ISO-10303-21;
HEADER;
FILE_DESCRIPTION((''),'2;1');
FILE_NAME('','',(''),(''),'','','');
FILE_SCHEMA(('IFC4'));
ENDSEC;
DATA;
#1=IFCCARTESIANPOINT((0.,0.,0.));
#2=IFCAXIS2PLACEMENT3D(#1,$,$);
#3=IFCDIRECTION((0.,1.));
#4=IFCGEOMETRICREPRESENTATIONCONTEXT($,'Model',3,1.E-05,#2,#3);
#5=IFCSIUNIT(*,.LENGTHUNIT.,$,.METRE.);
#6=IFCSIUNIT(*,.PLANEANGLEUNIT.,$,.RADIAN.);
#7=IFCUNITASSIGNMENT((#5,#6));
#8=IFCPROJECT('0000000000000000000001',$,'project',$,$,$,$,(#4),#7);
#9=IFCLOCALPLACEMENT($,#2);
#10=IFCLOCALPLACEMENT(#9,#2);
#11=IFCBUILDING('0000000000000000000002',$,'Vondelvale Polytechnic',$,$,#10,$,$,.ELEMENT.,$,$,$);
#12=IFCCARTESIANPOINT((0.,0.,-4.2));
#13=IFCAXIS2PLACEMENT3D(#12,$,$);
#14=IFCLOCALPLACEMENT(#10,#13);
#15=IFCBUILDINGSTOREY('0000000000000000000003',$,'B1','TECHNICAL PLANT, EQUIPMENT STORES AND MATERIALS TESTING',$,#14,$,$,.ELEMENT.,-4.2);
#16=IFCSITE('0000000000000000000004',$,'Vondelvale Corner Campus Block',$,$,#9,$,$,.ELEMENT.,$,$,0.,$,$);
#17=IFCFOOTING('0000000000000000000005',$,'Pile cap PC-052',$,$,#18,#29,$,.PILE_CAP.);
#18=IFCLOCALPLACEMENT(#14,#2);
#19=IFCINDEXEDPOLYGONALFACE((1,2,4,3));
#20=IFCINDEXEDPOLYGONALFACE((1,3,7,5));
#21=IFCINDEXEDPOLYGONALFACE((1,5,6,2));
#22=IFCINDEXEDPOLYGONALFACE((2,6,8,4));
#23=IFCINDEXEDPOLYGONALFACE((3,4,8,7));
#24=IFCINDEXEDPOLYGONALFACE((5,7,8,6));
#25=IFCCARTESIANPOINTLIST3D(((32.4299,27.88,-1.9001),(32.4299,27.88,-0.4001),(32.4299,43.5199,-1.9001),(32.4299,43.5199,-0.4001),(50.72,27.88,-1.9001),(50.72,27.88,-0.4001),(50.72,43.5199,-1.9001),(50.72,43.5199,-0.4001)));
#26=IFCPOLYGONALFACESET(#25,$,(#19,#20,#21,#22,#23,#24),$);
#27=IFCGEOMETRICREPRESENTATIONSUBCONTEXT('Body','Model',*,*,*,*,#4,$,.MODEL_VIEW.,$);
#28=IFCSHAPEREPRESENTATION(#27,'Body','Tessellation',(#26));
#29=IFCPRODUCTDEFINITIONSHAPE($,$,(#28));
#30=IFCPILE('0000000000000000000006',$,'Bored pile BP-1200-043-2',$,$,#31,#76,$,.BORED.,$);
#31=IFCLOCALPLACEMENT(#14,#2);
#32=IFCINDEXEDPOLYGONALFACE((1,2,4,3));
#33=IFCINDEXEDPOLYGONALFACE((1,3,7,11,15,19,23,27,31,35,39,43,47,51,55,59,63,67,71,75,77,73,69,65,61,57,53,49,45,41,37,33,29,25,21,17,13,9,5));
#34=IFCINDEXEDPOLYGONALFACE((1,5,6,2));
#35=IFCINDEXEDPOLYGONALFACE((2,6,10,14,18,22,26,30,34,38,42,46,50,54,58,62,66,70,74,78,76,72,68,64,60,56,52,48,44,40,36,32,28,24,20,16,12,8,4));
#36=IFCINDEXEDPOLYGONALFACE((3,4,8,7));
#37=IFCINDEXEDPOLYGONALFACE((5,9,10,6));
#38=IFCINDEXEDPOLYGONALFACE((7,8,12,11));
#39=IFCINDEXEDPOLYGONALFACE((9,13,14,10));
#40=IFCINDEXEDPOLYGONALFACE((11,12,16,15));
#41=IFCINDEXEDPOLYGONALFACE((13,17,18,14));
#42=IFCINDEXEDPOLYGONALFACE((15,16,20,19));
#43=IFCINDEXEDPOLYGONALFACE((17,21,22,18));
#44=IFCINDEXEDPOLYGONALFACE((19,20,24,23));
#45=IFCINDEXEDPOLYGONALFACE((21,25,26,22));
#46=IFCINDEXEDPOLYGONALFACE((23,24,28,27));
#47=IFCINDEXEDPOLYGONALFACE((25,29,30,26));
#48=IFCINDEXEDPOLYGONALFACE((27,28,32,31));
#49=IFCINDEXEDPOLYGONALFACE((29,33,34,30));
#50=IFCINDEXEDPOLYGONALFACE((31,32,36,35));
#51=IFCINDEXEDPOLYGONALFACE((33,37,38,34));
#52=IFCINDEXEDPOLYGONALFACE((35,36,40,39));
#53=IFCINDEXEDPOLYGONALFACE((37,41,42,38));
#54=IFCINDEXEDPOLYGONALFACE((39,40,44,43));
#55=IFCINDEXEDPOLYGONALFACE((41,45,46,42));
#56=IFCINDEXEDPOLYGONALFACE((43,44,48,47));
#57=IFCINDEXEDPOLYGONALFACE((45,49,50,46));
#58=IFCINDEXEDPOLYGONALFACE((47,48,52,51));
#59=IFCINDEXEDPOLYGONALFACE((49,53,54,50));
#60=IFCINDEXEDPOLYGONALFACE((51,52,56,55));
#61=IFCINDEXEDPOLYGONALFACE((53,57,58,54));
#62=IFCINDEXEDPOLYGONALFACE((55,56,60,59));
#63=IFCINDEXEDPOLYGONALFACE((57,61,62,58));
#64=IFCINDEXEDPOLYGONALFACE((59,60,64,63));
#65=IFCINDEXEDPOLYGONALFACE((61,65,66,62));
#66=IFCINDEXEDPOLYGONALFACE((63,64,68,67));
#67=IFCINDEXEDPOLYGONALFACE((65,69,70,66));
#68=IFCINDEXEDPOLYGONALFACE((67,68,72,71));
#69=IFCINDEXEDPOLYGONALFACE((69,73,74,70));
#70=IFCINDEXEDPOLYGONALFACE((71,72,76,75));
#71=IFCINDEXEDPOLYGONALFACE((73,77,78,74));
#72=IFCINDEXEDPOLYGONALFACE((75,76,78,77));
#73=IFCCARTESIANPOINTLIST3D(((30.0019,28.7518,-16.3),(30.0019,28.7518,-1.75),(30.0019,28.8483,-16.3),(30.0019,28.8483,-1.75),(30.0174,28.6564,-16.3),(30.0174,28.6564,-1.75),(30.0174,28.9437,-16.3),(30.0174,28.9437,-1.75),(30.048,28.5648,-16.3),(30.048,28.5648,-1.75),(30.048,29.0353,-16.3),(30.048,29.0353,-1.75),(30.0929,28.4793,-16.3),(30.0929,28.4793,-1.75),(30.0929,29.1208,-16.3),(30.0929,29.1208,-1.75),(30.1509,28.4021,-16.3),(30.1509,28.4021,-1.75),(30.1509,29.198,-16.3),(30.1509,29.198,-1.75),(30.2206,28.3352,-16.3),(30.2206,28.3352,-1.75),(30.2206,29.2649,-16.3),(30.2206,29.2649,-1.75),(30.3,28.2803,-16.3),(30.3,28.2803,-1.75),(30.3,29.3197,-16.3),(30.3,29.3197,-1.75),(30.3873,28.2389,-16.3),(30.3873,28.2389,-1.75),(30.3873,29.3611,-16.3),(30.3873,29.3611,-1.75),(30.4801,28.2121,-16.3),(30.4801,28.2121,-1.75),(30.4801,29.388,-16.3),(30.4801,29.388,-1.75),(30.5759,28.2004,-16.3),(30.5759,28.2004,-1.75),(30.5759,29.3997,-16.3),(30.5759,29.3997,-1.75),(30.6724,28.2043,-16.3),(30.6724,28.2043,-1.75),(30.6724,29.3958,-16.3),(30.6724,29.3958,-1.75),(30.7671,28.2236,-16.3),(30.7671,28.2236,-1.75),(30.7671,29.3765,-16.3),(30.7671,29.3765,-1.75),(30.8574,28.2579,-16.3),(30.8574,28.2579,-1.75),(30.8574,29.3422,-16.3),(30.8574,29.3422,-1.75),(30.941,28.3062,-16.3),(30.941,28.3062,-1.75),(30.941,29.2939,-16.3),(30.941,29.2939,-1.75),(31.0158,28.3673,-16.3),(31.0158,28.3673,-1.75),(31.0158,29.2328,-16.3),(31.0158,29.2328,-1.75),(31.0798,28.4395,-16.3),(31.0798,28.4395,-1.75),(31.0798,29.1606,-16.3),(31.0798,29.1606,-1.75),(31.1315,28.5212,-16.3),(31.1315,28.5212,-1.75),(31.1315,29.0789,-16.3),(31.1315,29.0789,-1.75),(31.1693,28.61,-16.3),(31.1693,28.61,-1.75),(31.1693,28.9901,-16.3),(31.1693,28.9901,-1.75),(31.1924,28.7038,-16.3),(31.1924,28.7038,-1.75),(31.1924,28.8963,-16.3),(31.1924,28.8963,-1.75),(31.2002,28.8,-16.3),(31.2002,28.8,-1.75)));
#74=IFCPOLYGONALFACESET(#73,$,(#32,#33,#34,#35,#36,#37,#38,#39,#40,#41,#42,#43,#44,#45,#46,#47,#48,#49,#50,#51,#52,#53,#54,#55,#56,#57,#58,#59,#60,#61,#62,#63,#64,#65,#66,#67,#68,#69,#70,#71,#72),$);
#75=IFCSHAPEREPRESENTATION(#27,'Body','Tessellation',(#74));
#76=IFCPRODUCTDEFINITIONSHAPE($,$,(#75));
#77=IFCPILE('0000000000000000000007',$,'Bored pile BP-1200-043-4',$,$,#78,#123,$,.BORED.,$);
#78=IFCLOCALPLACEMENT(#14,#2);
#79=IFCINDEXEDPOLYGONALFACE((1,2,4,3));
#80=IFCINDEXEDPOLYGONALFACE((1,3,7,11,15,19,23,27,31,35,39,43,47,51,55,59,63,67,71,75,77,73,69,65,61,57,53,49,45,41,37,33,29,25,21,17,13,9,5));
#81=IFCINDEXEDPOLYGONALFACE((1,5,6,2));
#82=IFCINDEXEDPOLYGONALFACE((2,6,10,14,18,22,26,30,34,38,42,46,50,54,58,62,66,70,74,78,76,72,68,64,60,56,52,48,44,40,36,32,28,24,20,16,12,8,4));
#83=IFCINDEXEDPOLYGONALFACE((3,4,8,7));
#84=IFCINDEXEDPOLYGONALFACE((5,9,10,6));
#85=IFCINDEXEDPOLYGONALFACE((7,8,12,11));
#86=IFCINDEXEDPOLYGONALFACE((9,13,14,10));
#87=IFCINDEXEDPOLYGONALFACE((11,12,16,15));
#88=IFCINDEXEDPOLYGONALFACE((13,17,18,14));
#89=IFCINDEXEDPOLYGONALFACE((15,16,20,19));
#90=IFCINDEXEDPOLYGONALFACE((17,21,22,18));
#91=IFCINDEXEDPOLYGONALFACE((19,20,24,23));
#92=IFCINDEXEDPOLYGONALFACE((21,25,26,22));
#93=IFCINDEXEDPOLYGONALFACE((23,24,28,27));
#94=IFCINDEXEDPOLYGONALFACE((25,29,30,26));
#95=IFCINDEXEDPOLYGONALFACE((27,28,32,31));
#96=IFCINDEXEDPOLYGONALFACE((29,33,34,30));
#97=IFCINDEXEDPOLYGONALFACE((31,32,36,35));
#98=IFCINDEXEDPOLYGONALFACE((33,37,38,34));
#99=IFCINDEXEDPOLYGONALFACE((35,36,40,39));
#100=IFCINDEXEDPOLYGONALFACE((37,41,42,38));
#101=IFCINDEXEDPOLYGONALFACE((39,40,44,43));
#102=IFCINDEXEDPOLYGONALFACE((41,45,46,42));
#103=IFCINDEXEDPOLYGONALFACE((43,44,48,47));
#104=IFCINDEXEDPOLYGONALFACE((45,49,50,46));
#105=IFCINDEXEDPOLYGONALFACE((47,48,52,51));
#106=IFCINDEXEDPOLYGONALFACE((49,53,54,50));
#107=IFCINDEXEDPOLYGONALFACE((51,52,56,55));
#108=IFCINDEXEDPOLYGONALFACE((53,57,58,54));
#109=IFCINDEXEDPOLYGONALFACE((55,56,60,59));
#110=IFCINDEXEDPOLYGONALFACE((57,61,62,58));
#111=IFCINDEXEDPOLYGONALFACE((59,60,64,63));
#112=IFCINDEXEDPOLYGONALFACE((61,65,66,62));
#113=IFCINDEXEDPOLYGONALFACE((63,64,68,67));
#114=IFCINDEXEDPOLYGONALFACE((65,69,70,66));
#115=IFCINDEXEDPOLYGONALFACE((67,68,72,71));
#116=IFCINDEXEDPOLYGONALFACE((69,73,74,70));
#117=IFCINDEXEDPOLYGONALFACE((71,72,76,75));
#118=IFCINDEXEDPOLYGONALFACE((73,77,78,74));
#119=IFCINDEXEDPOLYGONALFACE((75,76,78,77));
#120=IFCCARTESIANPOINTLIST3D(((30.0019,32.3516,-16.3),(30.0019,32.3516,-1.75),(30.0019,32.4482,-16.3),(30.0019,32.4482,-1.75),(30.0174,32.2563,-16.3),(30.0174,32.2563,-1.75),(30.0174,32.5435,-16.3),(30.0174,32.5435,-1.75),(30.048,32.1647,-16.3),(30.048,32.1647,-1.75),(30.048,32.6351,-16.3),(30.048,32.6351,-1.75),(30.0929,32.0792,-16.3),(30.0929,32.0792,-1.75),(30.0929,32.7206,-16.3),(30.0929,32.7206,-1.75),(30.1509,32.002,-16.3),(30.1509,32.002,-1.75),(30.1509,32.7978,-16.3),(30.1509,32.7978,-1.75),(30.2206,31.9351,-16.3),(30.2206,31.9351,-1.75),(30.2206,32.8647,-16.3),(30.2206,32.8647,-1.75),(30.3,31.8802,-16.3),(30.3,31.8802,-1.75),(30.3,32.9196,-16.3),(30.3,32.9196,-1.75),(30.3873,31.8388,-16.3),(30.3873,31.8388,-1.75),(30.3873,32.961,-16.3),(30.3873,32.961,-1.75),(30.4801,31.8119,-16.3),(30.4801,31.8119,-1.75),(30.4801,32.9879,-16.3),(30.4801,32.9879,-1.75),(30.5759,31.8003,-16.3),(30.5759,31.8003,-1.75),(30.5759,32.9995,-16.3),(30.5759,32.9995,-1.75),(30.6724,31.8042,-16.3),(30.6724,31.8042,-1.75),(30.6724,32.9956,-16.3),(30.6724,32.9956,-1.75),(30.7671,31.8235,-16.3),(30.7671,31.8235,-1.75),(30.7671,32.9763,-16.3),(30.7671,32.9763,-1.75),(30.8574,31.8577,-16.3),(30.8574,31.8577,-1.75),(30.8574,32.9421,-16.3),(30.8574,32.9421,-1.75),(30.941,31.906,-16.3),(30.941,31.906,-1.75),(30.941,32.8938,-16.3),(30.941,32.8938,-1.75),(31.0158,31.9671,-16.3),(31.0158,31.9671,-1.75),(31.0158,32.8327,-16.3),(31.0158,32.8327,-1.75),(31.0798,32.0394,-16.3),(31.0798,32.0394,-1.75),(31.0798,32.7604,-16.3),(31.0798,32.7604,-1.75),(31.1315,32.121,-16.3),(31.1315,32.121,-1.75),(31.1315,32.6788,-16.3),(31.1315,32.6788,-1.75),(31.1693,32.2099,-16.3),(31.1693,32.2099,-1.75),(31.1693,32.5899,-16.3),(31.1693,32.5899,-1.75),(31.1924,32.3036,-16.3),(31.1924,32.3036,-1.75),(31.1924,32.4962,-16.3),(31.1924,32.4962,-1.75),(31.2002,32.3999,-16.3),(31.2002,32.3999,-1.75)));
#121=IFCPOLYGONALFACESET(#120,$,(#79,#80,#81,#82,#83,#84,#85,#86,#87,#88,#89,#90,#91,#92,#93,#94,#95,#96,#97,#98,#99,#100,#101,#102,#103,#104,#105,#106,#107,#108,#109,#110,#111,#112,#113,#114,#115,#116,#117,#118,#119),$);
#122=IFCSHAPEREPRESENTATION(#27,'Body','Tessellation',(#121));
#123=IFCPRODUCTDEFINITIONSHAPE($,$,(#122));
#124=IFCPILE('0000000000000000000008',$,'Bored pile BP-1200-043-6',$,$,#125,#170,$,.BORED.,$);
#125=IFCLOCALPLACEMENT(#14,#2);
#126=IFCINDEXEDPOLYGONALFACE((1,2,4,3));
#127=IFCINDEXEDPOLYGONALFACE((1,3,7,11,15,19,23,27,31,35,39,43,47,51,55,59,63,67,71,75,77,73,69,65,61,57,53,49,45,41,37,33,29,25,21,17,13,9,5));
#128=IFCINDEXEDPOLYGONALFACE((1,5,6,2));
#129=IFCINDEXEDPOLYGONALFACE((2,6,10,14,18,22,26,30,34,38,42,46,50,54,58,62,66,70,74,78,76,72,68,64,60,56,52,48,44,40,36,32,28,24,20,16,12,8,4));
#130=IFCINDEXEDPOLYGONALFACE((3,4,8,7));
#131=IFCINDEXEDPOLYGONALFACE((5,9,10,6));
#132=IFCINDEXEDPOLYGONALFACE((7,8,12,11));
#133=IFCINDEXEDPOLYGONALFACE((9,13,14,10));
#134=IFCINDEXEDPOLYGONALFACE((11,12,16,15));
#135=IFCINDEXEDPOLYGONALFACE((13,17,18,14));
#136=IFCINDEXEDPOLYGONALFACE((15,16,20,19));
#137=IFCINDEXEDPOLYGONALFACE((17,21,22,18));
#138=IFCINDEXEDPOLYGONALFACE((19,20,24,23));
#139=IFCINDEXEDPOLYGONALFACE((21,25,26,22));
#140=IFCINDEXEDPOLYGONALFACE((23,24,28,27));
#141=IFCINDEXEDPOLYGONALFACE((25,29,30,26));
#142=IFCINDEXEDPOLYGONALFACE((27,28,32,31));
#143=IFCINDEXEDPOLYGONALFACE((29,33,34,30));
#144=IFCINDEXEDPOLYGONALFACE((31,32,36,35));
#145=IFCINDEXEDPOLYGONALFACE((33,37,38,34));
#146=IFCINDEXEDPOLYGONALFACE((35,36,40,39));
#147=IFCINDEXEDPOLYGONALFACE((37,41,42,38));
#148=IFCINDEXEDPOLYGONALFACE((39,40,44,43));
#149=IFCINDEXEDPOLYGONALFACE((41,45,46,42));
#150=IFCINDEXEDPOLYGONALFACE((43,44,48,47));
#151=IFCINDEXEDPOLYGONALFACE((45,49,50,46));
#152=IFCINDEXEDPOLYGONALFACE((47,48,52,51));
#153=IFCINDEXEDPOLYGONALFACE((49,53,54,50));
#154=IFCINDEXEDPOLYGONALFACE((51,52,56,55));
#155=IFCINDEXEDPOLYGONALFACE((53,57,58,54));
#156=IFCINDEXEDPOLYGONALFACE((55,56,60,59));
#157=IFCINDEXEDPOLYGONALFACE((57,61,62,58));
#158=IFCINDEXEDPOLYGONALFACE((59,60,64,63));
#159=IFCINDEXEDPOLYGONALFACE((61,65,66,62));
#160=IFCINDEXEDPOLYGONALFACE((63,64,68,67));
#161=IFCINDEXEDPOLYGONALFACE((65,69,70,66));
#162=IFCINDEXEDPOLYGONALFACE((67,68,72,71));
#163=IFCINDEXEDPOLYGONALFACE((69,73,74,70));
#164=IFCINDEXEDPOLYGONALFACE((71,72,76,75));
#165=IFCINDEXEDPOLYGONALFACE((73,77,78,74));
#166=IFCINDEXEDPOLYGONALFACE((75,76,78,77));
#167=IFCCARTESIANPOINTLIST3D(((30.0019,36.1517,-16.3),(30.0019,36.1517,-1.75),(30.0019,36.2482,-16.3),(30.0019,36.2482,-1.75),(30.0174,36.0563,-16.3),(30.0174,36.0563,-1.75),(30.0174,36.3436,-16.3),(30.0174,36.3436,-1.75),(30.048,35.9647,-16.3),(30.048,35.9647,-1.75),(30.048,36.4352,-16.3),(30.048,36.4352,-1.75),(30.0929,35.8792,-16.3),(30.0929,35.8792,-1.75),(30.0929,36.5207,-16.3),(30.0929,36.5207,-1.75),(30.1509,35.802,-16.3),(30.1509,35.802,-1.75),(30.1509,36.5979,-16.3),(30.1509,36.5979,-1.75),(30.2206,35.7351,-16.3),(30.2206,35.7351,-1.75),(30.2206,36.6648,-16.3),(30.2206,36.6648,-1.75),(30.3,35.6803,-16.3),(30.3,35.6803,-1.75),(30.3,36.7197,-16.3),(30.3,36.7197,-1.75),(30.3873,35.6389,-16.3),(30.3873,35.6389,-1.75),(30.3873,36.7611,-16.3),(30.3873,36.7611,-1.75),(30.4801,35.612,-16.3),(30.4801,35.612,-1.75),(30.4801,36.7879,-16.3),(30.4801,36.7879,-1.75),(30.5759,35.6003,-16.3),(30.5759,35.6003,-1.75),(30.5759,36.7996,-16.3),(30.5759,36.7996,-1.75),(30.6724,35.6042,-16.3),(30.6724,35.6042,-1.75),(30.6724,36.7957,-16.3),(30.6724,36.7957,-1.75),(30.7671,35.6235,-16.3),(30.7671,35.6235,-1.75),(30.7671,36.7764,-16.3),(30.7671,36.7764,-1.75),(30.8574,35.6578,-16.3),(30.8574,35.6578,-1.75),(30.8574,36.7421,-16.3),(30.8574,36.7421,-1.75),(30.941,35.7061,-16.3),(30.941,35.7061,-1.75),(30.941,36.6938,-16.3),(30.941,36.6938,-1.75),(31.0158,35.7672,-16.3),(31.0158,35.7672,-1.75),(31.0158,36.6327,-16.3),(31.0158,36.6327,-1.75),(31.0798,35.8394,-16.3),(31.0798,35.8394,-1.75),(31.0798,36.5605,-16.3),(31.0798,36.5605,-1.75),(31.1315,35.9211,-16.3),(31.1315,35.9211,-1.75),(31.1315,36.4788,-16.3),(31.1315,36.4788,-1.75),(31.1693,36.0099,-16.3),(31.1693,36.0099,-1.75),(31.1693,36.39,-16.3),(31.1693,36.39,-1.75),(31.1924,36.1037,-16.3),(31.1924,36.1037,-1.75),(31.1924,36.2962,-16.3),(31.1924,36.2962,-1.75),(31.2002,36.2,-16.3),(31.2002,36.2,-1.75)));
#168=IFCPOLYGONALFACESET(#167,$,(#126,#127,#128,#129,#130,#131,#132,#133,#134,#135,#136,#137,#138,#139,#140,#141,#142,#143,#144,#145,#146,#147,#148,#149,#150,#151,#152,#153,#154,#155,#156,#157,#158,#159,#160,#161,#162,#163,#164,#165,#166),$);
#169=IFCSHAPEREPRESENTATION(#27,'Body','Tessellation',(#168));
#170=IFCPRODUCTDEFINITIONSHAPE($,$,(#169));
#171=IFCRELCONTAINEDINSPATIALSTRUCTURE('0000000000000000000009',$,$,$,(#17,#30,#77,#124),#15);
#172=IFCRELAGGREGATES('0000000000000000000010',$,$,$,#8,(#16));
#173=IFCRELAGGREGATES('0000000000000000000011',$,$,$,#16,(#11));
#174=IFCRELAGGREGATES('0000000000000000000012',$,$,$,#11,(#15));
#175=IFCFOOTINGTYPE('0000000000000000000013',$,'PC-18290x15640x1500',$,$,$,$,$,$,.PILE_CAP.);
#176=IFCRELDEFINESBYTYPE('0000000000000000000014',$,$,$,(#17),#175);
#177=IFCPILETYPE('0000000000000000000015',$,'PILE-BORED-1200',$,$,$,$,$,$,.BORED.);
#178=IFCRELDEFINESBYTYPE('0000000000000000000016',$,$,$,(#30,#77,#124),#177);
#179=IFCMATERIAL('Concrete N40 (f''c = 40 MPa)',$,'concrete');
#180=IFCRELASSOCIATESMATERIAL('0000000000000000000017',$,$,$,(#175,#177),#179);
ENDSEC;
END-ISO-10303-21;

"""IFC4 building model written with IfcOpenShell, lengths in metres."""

from ifc_helpers import new_model, si_unit, direction, frame, origin, origin_2d, place, context, subcontext, project, spatial, rectangle, circle, extrude, material, material_profile, profile_set, type_object, element, save


model = new_model("IFC4")

# Units and contexts
model_context = context("Model", 3, precision=1e-05, world=origin(), true_north=direction((0.0, 1.0)))
body_context = subcontext(model_context, "Body", "Model", "MODEL_VIEW")
ifc_project = project(units=[si_unit("LENGTHUNIT", "METRE"), si_unit("PLANEANGLEUNIT", "RADIAN")], contexts=[model_context])

# Site, building, storey
site_placement = place(None, origin())
site = spatial("IfcSite", under=ifc_project, at=site_placement, Name="Vondelvale Corner Campus Block", CompositionType="ELEMENT", RefElevation=0.0)
building_placement = place(site_placement, origin())
building = spatial("IfcBuilding", under=site, at=building_placement, Name="Vondelvale Polytechnic", CompositionType="ELEMENT")
storey_placement = place(building_placement, frame((0.0, 0.0, -4.2)))
storey = spatial("IfcBuildingStorey", under=building, at=storey_placement, Name="B1", Description="TECHNICAL PLANT, EQUIPMENT STORES AND MATERIALS TESTING", CompositionType="ELEMENT", Elevation=-4.2)

# Footing
ifc_material_1 = material(Name="Concrete N40 (f'c = 40 MPa)", Category="concrete")
footing_type = type_object("IfcFootingType", Name="PC-18290x15640x1500", PredefinedType="PILE_CAP", material=ifc_material_1)
footing_placement = place(storey_placement, frame((41.575, 35.7, -1.9001), z_axis=(0.0, 0.0, 1.0), x_axis=(1.0, 0.0, 0.0)))
element("IfcFooting", 1, at=footing_placement, inside=storey, type_object=footing_type, Name="Pile cap PC-052", PredefinedType="PILE_CAP", context=body_context, shape_type="SweptSolid", body=[
    extrude(rectangle(XDim=18.29, YDim=15.6399, at=origin_2d()), origin(), (0.0, 0.0, 1.0), 1.5),
])

# Piles
ifc_material_profile_1 = material_profile(ifc_material_1, circle(Radius=0.6001, at=origin_2d()), Name="PILE-D1200")
ifc_profile_set_1 = profile_set([ifc_material_profile_1], Name="Concrete N40 (f'c = 40 MPa)")
pile_type = type_object("IfcPileType", Name="PILE-BORED-1200", PredefinedType="BORED", material=ifc_profile_set_1)
for number, where, z_axis, x_axis, name in (
    (2, (30.6001, 28.8, -1.75), (0.0, 0.0, -1.0), (1.0, 0.0, 0.0), "Bored pile BP-1200-043-2"),
    (3, (30.6001, 32.3999, -1.75), (0.0, 0.0, -1.0), (1.0, 0.0, 0.0), "Bored pile BP-1200-043-4"),
    (4, (30.6001, 36.2, -1.75), (0.0, 0.0, -1.0), (1.0, 0.0, 0.0), "Bored pile BP-1200-043-6"),
):
    element("IfcPile", number, at=place(storey_placement, frame(where, z_axis=z_axis, x_axis=x_axis)), inside=storey, type_object=pile_type, Name=name, PredefinedType="BORED", context=body_context, shape_type="SweptSolid", body=[
        extrude(circle(Radius=0.6001, at=origin_2d()), origin(), (0.0, 0.0, 1.0), 14.55),
    ])

save(model, "model.ifc")
